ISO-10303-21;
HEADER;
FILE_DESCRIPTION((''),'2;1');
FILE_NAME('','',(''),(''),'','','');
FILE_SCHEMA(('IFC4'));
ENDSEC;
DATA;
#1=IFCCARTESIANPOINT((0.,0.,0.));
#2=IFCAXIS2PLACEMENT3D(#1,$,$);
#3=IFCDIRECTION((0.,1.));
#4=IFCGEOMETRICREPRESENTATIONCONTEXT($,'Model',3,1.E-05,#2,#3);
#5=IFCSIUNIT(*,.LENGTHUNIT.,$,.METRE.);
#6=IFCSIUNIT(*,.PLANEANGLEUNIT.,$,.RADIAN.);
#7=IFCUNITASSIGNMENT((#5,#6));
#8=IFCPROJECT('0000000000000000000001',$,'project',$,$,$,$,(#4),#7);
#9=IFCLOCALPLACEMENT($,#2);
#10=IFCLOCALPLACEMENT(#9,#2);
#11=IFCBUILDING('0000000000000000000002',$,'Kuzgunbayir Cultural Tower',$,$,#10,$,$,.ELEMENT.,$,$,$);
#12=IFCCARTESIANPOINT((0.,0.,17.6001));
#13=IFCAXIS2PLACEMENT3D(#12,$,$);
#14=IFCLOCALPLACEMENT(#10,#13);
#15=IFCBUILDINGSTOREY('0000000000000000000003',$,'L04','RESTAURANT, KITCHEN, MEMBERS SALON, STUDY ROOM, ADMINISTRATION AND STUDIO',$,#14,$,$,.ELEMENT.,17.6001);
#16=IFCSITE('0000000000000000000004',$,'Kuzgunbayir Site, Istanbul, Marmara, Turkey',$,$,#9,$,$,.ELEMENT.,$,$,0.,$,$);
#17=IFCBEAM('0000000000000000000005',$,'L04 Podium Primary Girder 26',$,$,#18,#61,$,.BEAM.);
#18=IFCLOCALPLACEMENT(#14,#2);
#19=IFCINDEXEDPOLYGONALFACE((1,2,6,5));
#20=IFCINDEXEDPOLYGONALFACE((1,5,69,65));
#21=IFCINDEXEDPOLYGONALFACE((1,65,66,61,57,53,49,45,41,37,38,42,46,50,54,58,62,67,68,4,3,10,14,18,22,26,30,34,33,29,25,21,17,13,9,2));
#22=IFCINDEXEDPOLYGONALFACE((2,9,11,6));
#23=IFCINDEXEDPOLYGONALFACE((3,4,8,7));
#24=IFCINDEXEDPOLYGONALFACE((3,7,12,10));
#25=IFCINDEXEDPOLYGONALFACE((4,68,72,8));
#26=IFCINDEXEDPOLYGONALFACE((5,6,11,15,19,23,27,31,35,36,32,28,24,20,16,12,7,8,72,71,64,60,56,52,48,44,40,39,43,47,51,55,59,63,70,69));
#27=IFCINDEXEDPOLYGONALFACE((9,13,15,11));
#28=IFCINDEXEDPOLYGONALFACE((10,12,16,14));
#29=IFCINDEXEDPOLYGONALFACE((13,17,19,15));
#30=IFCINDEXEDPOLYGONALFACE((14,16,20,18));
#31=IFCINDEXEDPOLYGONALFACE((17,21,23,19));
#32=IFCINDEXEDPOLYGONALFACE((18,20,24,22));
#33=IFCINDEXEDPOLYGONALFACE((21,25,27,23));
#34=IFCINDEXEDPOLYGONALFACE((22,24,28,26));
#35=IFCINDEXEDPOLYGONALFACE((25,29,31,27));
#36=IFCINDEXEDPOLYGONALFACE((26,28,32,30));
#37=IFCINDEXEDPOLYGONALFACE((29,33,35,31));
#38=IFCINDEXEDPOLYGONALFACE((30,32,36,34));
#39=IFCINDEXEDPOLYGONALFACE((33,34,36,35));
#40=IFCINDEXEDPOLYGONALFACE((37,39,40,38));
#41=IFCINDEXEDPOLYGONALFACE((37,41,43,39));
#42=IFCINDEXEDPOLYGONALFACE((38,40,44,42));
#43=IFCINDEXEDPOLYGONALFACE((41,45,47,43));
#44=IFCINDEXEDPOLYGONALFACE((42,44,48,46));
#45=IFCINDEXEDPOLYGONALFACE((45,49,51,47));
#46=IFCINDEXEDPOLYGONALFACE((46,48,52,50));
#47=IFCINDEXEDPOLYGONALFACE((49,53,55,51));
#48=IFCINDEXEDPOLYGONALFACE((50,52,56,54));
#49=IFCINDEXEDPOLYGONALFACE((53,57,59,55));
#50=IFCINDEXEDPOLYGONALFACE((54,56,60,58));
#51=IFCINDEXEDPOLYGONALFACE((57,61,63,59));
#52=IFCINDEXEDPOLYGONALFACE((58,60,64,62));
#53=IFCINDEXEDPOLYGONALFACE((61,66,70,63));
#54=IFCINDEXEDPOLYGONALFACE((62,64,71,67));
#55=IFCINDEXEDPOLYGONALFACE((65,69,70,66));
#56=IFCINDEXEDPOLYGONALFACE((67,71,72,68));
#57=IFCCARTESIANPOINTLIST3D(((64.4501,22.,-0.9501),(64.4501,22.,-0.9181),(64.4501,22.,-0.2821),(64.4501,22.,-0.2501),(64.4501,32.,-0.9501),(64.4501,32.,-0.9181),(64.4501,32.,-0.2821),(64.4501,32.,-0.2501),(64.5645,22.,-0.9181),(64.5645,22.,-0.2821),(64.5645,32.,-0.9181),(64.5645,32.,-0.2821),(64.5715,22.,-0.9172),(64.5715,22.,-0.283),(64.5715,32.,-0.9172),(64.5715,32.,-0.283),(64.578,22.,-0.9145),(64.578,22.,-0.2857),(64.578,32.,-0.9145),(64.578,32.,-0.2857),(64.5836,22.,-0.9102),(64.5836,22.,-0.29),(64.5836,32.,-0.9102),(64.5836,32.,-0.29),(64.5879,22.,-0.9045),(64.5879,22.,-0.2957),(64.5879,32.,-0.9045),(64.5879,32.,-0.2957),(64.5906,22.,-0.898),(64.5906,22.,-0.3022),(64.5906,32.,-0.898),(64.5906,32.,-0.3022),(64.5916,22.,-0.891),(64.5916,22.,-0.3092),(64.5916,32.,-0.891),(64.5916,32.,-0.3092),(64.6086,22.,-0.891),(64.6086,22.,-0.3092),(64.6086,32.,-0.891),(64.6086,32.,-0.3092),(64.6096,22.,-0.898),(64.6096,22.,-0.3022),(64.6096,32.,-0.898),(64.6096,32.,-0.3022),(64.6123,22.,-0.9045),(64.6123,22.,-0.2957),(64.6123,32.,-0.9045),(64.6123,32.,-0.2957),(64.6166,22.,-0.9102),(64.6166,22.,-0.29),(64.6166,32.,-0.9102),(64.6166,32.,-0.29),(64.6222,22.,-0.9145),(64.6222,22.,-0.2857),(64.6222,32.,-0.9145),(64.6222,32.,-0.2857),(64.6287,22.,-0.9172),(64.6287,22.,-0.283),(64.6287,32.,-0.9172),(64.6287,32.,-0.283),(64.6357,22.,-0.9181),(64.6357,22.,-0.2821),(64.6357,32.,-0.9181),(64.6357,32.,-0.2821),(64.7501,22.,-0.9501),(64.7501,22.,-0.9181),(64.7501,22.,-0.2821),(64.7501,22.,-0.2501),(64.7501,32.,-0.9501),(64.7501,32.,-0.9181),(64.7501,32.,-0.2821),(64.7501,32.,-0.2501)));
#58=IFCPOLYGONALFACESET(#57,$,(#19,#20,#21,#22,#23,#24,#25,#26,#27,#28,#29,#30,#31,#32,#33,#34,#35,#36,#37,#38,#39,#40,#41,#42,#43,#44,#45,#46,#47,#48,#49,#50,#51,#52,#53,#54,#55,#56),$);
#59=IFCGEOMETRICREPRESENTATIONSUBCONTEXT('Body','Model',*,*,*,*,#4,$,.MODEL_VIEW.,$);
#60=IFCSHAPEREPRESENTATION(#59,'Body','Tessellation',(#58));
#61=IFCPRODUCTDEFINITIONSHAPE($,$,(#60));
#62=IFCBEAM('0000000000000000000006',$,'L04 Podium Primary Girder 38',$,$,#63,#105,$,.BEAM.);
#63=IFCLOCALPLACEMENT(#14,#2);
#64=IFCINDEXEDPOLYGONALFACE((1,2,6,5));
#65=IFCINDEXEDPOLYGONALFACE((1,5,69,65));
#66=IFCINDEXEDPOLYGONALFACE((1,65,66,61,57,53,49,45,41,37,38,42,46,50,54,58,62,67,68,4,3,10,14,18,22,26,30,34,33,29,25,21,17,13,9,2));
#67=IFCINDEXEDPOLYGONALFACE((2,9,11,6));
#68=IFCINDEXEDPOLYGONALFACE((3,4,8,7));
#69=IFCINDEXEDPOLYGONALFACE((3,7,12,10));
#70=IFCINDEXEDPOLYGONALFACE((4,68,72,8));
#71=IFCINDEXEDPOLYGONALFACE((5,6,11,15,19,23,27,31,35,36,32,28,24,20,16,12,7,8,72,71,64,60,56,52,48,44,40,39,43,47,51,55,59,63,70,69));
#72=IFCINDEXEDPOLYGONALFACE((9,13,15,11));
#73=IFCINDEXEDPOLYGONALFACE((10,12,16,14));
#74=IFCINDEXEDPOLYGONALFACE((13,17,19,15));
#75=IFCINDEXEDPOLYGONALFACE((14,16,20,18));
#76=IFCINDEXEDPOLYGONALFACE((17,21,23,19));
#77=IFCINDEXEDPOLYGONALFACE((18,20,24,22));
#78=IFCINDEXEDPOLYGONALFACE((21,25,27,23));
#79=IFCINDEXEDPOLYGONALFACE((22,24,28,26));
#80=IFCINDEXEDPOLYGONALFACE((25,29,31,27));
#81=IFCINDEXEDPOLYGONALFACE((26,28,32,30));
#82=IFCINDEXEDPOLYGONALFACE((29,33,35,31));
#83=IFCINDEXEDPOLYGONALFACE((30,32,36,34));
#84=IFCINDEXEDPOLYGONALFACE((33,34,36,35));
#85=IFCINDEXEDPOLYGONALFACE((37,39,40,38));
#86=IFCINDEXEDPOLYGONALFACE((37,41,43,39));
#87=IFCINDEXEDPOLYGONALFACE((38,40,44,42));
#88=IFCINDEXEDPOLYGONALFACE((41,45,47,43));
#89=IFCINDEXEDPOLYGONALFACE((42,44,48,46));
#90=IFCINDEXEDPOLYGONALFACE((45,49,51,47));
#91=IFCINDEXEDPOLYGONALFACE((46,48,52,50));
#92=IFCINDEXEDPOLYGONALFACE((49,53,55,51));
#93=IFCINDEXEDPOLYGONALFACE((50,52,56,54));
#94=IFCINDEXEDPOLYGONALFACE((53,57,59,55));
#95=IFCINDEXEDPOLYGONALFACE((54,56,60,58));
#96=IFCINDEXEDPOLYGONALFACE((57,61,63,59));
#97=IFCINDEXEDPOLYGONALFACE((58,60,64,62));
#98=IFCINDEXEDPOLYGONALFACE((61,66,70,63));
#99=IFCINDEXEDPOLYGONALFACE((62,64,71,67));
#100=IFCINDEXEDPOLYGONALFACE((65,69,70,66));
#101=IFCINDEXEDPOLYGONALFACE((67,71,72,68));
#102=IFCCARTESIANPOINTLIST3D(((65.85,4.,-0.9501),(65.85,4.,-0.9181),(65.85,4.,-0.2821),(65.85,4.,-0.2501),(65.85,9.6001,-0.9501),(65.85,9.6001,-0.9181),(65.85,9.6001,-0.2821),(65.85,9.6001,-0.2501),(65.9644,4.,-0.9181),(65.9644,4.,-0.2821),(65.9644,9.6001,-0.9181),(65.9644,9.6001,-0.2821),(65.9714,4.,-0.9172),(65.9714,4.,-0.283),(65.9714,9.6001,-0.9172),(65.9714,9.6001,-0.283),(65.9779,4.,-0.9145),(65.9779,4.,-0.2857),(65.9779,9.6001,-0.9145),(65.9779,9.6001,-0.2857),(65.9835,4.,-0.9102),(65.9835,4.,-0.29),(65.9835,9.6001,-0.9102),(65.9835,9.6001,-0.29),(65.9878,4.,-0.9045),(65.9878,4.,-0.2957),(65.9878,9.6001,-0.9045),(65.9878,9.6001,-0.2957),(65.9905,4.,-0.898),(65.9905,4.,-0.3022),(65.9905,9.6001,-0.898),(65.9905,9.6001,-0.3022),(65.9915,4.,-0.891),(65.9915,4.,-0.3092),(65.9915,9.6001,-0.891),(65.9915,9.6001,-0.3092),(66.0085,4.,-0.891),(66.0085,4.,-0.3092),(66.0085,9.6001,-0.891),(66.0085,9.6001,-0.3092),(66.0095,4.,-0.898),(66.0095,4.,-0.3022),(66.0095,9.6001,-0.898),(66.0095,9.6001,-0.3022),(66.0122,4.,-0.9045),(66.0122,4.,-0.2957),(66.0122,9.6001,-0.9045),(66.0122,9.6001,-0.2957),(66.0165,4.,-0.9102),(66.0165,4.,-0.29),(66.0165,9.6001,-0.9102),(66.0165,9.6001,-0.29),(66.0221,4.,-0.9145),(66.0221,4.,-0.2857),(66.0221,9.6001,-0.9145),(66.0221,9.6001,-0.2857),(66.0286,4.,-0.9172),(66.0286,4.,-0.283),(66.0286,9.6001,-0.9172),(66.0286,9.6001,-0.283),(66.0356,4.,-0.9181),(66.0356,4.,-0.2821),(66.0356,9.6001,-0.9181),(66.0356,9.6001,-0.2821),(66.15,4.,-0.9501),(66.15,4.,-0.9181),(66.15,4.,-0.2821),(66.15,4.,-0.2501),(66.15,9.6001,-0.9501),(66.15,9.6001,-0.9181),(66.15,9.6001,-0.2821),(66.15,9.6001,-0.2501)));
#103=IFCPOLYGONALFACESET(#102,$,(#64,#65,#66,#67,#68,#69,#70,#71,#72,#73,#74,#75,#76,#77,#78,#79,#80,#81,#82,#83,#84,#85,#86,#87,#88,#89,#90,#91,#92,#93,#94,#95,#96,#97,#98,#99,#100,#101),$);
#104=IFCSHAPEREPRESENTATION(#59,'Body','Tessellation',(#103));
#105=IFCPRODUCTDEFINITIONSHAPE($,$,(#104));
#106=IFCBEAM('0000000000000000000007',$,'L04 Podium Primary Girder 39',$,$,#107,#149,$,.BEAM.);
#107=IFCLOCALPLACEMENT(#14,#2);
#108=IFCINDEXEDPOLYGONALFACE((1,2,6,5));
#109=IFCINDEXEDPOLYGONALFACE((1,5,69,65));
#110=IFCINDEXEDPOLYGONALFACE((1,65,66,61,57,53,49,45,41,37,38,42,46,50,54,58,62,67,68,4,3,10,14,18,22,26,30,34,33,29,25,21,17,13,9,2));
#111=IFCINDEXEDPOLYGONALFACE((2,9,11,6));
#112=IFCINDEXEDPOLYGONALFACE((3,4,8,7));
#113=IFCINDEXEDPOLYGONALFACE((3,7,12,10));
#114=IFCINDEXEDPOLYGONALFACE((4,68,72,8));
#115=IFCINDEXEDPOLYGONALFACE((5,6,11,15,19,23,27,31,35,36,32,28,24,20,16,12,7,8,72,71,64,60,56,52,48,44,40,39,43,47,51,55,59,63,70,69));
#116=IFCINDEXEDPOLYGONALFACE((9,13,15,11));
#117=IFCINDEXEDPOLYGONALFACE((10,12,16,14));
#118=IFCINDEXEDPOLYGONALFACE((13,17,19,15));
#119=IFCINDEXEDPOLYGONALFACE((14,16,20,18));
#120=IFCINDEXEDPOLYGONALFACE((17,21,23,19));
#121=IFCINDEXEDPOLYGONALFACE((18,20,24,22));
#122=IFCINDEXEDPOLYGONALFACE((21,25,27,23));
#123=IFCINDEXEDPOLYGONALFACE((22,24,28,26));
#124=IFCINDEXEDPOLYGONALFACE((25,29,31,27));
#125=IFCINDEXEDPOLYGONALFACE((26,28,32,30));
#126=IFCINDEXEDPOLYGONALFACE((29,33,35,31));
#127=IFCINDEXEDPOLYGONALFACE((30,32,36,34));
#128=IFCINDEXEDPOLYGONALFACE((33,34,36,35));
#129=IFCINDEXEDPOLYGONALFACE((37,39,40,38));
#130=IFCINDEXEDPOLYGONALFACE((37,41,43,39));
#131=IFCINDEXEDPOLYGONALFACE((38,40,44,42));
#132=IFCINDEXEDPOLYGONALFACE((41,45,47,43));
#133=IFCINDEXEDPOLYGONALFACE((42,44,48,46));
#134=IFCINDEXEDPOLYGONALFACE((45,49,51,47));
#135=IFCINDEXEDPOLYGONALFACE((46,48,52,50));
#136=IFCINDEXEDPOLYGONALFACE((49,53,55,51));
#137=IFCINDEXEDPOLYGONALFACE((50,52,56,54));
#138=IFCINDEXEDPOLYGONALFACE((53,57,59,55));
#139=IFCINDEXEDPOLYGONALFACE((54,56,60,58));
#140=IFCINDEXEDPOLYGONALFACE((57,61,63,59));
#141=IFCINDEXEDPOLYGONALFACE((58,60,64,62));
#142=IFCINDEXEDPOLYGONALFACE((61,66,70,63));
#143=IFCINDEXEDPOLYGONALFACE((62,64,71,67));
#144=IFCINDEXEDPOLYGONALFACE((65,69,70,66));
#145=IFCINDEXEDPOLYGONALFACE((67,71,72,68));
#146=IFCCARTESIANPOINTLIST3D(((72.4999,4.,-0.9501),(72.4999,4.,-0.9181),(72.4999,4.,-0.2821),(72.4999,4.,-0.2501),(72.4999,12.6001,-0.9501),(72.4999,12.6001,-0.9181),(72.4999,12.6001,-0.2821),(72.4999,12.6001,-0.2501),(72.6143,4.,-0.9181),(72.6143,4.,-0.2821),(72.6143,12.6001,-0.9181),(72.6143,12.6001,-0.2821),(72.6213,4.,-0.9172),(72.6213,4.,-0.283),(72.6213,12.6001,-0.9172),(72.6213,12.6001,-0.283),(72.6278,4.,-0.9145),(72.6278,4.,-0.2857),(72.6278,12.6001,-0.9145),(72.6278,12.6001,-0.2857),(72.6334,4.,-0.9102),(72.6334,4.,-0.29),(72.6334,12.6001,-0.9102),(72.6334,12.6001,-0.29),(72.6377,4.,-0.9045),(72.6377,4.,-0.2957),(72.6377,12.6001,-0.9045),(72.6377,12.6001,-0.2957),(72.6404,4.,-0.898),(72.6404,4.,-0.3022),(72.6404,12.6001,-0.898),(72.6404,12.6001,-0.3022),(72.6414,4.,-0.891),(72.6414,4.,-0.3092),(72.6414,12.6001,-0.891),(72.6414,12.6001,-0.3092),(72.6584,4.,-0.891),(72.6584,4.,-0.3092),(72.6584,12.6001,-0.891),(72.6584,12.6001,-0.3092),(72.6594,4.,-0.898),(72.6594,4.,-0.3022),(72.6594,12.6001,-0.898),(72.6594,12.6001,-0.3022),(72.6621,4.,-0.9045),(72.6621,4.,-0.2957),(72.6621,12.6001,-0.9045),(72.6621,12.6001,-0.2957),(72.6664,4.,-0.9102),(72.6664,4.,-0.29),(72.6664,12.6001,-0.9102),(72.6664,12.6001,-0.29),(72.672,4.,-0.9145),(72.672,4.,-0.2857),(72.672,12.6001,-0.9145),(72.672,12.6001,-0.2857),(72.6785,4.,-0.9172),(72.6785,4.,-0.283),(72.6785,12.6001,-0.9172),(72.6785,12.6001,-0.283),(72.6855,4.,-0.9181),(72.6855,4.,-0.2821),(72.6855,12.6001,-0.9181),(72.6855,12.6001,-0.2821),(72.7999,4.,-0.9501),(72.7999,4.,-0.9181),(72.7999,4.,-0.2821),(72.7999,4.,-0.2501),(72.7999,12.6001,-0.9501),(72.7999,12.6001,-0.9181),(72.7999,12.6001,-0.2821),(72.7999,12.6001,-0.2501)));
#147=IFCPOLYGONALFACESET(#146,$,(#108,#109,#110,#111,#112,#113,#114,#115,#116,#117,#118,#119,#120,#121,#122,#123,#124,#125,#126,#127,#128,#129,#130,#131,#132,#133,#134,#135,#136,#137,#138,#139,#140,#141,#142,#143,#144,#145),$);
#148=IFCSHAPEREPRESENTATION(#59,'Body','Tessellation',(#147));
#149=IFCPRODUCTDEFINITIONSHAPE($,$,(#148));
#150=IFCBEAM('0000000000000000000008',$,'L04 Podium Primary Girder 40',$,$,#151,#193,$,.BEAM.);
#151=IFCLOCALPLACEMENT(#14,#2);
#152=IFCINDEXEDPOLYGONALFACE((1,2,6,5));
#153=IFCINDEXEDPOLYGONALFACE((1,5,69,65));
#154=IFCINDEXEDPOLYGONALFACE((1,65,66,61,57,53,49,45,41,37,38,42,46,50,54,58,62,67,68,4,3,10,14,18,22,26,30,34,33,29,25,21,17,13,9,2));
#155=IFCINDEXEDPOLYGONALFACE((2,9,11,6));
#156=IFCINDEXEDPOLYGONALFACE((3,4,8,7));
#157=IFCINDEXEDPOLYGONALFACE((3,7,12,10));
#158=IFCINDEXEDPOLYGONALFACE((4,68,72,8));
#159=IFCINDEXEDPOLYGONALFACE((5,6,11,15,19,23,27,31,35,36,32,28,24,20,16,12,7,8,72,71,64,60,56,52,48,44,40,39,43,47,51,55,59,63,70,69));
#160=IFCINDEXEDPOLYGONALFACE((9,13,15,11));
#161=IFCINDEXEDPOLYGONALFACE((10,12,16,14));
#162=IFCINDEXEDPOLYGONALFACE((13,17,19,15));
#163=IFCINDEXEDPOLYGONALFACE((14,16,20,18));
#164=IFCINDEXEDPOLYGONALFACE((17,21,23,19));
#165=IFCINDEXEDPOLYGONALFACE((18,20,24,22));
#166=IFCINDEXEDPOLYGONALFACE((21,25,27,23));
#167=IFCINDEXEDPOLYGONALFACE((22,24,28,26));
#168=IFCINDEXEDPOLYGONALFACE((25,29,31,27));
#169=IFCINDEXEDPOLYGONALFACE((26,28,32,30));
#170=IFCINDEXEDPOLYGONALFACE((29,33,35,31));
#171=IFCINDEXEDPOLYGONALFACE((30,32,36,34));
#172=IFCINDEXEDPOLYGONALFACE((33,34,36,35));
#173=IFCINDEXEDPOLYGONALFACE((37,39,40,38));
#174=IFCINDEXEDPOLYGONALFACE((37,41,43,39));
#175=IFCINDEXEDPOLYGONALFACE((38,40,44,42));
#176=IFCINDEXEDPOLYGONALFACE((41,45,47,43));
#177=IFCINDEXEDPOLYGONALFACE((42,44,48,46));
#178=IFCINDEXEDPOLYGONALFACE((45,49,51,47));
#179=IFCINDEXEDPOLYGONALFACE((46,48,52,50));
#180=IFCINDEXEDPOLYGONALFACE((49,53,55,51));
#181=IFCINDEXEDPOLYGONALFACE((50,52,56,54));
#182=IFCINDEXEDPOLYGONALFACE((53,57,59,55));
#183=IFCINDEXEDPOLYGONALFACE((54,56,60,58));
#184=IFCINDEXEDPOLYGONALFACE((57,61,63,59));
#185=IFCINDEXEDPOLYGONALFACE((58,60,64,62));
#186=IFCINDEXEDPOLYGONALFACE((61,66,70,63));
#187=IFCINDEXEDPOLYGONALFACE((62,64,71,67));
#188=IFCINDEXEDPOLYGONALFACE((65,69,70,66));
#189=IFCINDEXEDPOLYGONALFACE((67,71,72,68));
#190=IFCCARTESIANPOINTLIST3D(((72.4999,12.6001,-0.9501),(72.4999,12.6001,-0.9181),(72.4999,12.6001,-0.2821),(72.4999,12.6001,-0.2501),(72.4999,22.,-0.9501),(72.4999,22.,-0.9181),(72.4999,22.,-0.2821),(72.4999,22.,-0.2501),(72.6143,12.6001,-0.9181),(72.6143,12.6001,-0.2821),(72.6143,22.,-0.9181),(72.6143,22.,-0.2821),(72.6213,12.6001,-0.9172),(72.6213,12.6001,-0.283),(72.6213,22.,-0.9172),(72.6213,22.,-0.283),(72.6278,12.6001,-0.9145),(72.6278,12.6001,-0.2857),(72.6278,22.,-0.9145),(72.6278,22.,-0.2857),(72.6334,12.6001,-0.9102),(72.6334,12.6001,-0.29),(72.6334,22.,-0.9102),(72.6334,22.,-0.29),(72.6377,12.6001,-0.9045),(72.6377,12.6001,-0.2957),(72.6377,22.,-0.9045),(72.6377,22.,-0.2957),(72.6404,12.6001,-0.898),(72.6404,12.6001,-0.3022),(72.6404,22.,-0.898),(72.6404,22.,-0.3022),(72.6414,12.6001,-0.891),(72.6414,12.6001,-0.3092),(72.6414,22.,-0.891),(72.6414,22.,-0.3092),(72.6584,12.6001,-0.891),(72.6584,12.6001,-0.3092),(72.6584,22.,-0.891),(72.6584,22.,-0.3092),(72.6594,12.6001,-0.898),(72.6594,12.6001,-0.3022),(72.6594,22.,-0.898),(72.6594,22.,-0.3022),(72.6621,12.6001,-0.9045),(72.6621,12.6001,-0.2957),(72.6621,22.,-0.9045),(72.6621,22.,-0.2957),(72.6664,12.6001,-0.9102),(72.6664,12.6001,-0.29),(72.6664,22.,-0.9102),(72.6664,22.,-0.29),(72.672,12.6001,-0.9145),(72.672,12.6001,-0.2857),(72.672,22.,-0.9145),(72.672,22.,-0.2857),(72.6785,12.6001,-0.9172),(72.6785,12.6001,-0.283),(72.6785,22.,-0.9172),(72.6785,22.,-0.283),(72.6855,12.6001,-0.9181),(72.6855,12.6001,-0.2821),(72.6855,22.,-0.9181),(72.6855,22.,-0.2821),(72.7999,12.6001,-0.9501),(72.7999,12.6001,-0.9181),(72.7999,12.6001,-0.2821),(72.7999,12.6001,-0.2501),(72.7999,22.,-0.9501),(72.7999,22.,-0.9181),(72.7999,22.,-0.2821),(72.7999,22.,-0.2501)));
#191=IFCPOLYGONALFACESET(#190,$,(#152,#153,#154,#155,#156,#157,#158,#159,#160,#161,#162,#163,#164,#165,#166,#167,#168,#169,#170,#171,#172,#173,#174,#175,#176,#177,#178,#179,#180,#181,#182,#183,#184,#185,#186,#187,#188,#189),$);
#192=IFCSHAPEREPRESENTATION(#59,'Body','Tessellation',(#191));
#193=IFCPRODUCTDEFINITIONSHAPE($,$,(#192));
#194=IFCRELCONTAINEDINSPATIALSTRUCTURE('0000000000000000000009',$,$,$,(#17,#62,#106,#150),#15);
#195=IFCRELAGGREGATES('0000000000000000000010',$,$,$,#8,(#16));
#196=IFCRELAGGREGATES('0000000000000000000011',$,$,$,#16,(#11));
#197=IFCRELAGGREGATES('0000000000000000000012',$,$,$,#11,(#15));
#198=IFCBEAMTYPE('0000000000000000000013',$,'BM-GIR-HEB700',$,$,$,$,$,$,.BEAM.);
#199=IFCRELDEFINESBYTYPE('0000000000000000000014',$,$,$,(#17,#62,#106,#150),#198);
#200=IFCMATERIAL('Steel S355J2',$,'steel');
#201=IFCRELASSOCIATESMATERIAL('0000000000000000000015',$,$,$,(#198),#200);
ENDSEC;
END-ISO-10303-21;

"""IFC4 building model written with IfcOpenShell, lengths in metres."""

from ifc_helpers import new_model, si_unit, direction, frame, origin, origin_2d, place, context, subcontext, project, spatial, i_section, extrude, material, material_profile, profile_set, type_object, element, save


model = new_model("IFC4")

# Units and contexts
model_context = context("Model", 3, precision=1e-05, world=origin(), true_north=direction((0.0, 1.0)))
body_context = subcontext(model_context, "Body", "Model", "MODEL_VIEW")
ifc_project = project(units=[si_unit("LENGTHUNIT", "METRE"), si_unit("PLANEANGLEUNIT", "RADIAN")], contexts=[model_context])

# Site, building, storey
site_placement = place(None, origin())
site = spatial("IfcSite", under=ifc_project, at=site_placement, Name="Kuzgunbayir Site, Istanbul, Marmara, Turkey", CompositionType="ELEMENT", RefElevation=0.0)
building_placement = place(site_placement, origin())
building = spatial("IfcBuilding", under=site, at=building_placement, Name="Kuzgunbayir Cultural Tower", CompositionType="ELEMENT")
storey_placement = place(building_placement, frame((0.0, 0.0, 17.6001)))
storey = spatial("IfcBuildingStorey", under=building, at=storey_placement, Name="L04", Description="RESTAURANT, KITCHEN, MEMBERS SALON, STUDY ROOM, ADMINISTRATION AND STUDIO", CompositionType="ELEMENT", Elevation=17.6001)

# Beams
ifc_material_1 = material(Name="Steel S355J2", Category="steel")
ifc_material_profile_1 = material_profile(ifc_material_1, i_section(OverallWidth=0.3, OverallDepth=0.7, WebThickness=0.0171, FlangeThickness=0.032, FilletRadius=0.0271, at=origin_2d()), Name="HEB 700")
ifc_profile_set_1 = profile_set([ifc_material_profile_1], Name="Steel S355J2")
beam_type = type_object("IfcBeamType", Name="BM-GIR-HEB700", PredefinedType="BEAM", material=ifc_profile_set_1)
beam_1_placement = place(storey_placement, frame((64.6001, 22.0, -0.6001), z_axis=(0.0, 1.0, 0.0), x_axis=(-1.0, 0.0, 0.0)))
element("IfcBeam", 1, at=beam_1_placement, inside=storey, type_object=beam_type, Name="L04 Podium Primary Girder 26", PredefinedType="BEAM", context=body_context, shape_type="SweptSolid", body=[
    extrude(i_section(OverallWidth=0.3, OverallDepth=0.7, WebThickness=0.0171, FlangeThickness=0.032, FilletRadius=0.0271, at=origin_2d()), origin(), (0.0, 0.0, 1.0), 10.0),
])
beam_2_placement = place(storey_placement, frame((66.0, 4.0, -0.6001), z_axis=(0.0, 1.0, 0.0), x_axis=(-1.0, 0.0, 0.0)))
element("IfcBeam", 2, at=beam_2_placement, inside=storey, type_object=beam_type, Name="L04 Podium Primary Girder 38", PredefinedType="BEAM", context=body_context, shape_type="SweptSolid", body=[
    extrude(i_section(OverallWidth=0.3, OverallDepth=0.7, WebThickness=0.0171, FlangeThickness=0.032, FilletRadius=0.0271, at=origin_2d()), origin(), (0.0, 0.0, 1.0), 5.6001),
])
beam_3_placement = place(storey_placement, frame((72.6499, 4.0, -0.6001), z_axis=(0.0, 1.0, 0.0), x_axis=(-1.0, 0.0, 0.0)))
element("IfcBeam", 3, at=beam_3_placement, inside=storey, type_object=beam_type, Name="L04 Podium Primary Girder 39", PredefinedType="BEAM", context=body_context, shape_type="SweptSolid", body=[
    extrude(i_section(OverallWidth=0.3, OverallDepth=0.7, WebThickness=0.0171, FlangeThickness=0.032, FilletRadius=0.0271, at=origin_2d()), origin(), (0.0, 0.0, 1.0), 8.6001),
])
beam_4_placement = place(storey_placement, frame((72.6499, 12.6001, -0.6001), z_axis=(0.0, 1.0, 0.0), x_axis=(-1.0, 0.0, 0.0)))
element("IfcBeam", 4, at=beam_4_placement, inside=storey, type_object=beam_type, Name="L04 Podium Primary Girder 40", PredefinedType="BEAM", context=body_context, shape_type="SweptSolid", body=[
    extrude(i_section(OverallWidth=0.3, OverallDepth=0.7, WebThickness=0.0171, FlangeThickness=0.032, FilletRadius=0.0271, at=origin_2d()), origin(), (0.0, 0.0, 1.0), 9.3999),
])

save(model, "model.ifc")
